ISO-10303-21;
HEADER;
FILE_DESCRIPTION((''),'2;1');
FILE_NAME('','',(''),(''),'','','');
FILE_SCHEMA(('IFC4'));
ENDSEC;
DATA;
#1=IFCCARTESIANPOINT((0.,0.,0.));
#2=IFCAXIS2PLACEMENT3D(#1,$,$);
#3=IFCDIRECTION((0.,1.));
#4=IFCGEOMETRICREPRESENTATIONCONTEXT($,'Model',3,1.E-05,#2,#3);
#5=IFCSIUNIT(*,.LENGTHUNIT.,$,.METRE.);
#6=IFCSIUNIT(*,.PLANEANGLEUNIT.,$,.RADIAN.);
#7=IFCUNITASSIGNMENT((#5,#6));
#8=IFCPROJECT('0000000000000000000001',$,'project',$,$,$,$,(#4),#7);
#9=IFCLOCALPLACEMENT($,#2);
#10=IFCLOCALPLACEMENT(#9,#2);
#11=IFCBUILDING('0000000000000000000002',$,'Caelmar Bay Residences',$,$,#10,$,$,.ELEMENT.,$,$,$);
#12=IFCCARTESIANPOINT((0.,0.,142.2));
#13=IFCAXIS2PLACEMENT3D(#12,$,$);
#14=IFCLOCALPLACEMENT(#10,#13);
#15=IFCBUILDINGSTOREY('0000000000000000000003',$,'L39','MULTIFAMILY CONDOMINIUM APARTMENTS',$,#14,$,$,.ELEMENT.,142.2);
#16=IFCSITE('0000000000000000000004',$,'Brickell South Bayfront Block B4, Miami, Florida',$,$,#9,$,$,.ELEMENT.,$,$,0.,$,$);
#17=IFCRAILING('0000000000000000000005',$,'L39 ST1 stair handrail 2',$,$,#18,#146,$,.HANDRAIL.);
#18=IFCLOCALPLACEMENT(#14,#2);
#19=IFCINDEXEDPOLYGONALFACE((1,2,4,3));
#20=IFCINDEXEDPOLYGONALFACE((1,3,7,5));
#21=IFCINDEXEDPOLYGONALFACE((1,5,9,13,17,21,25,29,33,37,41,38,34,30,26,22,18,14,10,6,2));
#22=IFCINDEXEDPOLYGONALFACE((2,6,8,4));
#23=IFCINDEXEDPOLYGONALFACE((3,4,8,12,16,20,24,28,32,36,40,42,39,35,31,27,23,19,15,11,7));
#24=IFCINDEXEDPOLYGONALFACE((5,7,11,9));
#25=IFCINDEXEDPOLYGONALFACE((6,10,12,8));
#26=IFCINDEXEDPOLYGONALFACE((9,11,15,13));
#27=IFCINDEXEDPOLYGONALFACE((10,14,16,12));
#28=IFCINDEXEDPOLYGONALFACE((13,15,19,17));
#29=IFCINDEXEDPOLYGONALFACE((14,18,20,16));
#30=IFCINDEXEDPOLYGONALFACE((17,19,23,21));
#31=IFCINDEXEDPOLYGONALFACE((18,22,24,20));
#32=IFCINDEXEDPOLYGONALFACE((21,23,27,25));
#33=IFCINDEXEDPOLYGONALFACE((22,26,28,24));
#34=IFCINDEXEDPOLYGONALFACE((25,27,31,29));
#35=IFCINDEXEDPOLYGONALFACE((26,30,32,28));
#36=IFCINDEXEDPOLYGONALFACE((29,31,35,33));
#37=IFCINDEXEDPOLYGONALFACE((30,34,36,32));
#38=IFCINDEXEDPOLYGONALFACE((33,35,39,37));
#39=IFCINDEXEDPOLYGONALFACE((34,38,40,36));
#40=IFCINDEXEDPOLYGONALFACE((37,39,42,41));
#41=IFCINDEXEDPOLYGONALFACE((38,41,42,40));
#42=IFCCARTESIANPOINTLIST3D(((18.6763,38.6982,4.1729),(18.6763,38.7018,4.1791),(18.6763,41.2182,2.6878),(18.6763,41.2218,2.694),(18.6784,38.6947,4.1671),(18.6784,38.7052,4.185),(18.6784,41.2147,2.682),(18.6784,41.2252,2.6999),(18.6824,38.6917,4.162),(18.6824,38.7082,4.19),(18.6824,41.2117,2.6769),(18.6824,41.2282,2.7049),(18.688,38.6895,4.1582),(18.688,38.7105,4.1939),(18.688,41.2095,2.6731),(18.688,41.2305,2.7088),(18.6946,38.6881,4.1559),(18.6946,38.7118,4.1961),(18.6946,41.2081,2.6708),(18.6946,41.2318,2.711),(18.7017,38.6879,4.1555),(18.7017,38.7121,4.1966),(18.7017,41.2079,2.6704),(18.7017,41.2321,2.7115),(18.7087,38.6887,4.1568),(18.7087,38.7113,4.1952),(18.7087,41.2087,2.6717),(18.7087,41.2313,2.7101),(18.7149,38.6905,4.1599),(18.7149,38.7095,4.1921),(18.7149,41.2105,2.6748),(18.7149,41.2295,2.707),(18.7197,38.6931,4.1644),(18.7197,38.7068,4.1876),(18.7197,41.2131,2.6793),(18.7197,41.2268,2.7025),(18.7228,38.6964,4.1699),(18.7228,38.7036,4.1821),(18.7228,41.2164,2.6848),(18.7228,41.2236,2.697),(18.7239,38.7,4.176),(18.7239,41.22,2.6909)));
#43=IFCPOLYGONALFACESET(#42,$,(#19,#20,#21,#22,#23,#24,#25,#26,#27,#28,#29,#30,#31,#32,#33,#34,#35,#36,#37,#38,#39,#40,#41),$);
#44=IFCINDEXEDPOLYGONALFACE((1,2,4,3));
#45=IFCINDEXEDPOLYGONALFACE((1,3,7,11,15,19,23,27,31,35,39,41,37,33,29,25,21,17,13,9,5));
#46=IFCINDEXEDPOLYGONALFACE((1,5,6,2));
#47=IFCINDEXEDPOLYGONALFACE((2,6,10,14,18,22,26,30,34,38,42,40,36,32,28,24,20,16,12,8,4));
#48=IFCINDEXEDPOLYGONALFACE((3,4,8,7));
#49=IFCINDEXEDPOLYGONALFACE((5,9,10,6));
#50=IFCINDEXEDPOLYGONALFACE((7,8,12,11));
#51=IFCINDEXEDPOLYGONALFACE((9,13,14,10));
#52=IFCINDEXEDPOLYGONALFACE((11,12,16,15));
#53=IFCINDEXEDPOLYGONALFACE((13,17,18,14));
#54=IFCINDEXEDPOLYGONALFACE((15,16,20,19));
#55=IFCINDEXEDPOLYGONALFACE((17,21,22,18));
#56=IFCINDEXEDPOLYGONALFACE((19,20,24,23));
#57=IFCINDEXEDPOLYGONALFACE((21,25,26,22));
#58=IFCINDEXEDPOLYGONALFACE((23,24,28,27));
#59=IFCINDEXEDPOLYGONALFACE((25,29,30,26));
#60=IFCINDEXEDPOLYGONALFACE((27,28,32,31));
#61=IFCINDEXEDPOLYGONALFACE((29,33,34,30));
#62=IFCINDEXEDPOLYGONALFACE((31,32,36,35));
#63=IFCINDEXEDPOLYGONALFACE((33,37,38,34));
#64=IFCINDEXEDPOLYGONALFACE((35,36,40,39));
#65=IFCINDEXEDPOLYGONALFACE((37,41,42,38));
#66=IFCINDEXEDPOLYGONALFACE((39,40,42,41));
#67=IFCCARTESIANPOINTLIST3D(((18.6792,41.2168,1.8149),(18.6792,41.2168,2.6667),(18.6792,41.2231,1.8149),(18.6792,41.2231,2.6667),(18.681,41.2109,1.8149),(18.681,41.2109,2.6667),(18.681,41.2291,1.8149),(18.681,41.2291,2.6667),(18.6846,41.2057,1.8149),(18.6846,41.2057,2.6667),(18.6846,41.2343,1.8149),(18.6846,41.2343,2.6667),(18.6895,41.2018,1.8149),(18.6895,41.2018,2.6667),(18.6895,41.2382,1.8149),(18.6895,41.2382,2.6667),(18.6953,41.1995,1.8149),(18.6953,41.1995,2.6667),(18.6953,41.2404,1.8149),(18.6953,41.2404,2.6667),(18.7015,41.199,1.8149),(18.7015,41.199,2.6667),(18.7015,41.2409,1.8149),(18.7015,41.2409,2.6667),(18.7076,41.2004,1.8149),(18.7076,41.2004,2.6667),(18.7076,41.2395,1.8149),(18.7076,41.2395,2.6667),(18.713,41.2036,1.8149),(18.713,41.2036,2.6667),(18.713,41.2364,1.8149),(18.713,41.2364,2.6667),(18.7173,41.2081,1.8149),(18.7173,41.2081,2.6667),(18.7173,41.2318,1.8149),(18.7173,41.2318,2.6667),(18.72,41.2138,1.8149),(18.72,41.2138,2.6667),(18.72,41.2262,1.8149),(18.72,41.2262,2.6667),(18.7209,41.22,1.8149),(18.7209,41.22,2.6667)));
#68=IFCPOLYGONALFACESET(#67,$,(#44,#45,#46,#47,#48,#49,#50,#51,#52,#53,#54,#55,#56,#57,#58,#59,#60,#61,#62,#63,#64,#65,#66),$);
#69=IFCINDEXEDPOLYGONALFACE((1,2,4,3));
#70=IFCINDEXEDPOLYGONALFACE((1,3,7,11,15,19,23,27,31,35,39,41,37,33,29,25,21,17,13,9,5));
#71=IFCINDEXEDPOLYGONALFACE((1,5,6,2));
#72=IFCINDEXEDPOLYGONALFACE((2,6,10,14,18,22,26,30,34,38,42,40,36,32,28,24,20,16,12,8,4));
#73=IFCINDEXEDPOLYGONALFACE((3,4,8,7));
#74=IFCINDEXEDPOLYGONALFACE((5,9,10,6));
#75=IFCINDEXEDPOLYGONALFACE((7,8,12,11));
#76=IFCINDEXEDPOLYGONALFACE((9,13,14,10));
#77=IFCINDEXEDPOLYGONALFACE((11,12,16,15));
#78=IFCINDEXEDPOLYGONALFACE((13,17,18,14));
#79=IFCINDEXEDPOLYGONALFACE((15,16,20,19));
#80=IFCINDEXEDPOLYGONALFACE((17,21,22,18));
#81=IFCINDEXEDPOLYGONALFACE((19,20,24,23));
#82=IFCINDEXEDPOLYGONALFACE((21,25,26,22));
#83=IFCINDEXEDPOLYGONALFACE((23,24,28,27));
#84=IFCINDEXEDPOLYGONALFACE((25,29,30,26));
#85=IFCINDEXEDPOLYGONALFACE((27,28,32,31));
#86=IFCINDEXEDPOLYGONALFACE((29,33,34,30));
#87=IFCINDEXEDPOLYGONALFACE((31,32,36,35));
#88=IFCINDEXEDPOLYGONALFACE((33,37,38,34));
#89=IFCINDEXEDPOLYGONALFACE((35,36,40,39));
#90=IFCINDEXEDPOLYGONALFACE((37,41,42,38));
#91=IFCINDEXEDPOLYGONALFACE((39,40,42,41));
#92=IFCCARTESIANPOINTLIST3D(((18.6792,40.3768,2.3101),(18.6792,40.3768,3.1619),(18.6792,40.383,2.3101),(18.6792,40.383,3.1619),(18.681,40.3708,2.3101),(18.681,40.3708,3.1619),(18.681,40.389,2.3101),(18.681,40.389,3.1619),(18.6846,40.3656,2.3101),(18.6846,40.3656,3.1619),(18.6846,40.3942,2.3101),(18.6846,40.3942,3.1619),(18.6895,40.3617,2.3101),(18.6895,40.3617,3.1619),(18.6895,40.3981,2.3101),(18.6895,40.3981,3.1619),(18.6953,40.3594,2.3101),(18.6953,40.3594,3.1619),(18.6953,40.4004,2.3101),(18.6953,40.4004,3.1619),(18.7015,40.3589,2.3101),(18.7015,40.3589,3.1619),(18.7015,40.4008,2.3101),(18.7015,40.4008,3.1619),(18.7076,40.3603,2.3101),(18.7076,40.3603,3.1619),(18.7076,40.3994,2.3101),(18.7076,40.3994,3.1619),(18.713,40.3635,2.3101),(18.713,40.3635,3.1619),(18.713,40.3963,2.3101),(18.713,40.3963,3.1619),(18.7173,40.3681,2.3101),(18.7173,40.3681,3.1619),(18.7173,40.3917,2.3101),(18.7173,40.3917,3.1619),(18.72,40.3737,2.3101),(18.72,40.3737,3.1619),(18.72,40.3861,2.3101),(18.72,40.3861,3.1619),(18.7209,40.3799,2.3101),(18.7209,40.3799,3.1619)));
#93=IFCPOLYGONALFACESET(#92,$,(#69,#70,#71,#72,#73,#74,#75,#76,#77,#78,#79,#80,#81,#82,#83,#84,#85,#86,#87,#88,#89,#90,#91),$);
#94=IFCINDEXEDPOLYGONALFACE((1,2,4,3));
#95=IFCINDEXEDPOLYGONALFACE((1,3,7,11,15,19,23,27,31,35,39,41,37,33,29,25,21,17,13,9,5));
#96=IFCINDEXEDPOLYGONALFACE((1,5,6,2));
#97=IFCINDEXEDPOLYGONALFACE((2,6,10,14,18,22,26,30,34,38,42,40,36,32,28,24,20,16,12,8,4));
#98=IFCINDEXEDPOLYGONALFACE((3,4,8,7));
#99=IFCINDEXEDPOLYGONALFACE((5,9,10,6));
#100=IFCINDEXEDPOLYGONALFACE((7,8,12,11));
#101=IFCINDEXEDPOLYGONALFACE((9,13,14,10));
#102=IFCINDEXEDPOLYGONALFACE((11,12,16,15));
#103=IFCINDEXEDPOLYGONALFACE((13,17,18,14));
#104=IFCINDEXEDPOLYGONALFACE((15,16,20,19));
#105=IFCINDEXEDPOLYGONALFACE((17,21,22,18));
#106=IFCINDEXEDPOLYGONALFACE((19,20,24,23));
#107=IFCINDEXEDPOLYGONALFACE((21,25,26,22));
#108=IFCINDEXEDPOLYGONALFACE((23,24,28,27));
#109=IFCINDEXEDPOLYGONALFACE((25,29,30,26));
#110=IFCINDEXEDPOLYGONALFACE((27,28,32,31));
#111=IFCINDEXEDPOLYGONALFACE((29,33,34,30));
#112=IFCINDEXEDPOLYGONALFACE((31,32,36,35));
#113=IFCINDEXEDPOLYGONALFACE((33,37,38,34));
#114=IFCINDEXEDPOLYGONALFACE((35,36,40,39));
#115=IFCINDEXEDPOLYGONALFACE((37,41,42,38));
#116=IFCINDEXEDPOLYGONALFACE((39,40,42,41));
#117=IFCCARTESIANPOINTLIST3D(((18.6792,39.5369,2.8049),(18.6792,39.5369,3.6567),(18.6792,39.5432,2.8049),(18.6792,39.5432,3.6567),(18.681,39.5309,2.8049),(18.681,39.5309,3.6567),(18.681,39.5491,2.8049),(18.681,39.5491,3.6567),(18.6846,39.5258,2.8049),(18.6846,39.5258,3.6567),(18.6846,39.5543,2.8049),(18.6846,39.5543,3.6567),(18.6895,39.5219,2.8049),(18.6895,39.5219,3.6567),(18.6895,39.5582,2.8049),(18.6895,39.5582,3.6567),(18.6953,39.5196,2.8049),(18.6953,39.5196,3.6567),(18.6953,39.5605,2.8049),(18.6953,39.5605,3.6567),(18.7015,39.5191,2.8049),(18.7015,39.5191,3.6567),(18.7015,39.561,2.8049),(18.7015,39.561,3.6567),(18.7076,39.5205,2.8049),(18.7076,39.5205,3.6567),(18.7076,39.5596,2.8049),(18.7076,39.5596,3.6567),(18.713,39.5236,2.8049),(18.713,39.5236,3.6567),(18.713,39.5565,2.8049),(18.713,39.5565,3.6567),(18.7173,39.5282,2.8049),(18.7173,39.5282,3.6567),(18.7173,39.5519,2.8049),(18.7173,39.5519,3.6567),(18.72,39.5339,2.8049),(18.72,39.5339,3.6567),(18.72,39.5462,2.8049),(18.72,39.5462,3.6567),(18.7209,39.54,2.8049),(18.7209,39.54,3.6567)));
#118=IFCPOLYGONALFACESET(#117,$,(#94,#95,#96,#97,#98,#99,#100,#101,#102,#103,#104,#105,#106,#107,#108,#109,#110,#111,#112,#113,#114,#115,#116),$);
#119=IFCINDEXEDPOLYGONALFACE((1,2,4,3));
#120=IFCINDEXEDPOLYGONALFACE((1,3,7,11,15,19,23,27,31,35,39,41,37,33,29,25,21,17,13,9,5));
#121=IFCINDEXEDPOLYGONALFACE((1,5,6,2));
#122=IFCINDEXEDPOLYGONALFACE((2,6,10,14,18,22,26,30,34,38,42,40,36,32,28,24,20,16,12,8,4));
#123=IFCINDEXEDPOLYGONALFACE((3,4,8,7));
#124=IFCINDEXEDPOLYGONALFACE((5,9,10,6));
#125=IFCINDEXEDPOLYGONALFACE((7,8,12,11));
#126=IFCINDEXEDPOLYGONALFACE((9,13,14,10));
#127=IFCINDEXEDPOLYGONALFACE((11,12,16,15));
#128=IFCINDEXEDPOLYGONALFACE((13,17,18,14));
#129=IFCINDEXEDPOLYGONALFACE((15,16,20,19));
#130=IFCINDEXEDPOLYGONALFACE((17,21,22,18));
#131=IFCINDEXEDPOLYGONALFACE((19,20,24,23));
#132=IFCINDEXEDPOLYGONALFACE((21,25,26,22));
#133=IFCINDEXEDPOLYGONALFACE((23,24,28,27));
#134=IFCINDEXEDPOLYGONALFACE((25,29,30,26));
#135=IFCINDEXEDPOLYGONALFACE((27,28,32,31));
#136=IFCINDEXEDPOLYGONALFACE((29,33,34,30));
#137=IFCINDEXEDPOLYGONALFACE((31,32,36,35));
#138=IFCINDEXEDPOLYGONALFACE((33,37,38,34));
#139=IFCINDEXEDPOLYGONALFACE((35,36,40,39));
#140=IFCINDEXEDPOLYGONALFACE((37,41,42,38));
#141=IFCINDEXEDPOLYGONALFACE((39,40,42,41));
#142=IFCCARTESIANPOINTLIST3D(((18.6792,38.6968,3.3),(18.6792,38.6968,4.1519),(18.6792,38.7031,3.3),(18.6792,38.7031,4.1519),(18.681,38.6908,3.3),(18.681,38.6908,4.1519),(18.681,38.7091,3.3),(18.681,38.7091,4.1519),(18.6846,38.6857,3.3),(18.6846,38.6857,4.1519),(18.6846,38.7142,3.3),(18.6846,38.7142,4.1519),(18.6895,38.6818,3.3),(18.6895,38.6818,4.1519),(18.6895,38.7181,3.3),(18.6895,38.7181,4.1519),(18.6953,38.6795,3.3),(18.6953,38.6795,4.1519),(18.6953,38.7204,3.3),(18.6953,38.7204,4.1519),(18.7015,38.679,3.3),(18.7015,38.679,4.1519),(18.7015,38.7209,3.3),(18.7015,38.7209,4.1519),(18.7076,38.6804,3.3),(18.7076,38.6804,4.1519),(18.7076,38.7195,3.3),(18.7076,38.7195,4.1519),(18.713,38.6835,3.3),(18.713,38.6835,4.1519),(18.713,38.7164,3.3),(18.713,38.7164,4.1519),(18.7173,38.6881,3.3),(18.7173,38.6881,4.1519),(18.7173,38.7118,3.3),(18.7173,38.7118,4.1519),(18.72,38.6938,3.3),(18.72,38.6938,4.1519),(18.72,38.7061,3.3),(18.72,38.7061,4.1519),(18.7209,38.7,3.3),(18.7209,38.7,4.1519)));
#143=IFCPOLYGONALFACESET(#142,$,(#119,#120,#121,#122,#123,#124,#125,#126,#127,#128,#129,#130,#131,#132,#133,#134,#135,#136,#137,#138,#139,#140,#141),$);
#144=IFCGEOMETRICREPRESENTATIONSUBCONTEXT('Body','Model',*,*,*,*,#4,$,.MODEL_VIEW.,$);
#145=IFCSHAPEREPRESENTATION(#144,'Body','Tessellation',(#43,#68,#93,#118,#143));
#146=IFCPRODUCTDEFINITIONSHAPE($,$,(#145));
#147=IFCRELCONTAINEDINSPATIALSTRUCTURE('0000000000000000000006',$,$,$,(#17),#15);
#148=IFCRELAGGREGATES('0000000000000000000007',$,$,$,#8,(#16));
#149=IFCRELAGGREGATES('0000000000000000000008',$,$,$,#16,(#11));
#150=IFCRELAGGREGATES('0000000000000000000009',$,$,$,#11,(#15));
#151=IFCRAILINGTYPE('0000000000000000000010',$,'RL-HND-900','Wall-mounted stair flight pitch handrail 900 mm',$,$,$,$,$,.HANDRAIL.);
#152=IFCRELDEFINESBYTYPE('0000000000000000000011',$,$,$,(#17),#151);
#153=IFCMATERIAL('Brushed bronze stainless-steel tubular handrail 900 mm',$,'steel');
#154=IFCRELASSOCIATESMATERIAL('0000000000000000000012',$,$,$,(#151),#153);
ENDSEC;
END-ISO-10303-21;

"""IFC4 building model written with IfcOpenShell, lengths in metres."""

from ifc_helpers import new_model, si_unit, direction, frame, origin, origin_2d, place, context, subcontext, project, spatial, circle, extrude, material, type_object, element, save


model = new_model("IFC4")

# Units and contexts
model_context = context("Model", 3, precision=1e-05, world=origin(), true_north=direction((0.0, 1.0)))
body_context = subcontext(model_context, "Body", "Model", "MODEL_VIEW")
ifc_project = project(units=[si_unit("LENGTHUNIT", "METRE"), si_unit("PLANEANGLEUNIT", "RADIAN")], contexts=[model_context])

# Site, building, storey
site_placement = place(None, origin())
site = spatial("IfcSite", under=ifc_project, at=site_placement, Name="Brickell South Bayfront Block B4, Miami, Florida", CompositionType="ELEMENT", RefElevation=0.0)
building_placement = place(site_placement, origin())
building = spatial("IfcBuilding", under=site, at=building_placement, Name="Caelmar Bay Residences", CompositionType="ELEMENT")
storey_placement = place(building_placement, frame((0.0, 0.0, 142.2)))
storey = spatial("IfcBuildingStorey", under=building, at=storey_placement, Name="L39", Description="MULTIFAMILY CONDOMINIUM APARTMENTS", CompositionType="ELEMENT", Elevation=142.2)

# Railing
ifc_material_1 = material(Name="Brushed bronze stainless-steel tubular handrail 900 mm", Category="steel")
railing_type_1 = type_object("IfcRailingType", Name="RL-HND-900", Description="Wall-mounted stair flight pitch handrail 900 mm", PredefinedType="HANDRAIL", material=ifc_material_1)
railing_1_placement = place(storey_placement, frame((18.7, 41.22, 1.8149)))
element("IfcRailing", 1, at=railing_1_placement, inside=storey, type_object=railing_type_1, Name="L39 ST1 stair handrail 2", PredefinedType="HANDRAIL", context=body_context, shape_type="SweptSolid", body=[
    extrude(circle(Radius=0.0239, at=origin_2d()), frame((0.0, 0.0, 0.876), z_axis=(0.0, -0.861524, 0.507717), x_axis=(1.0, 0.0, 0.0)), (0.0, 0.0, 1.0), 2.925),
    extrude(circle(Radius=0.021, at=origin_2d()), origin(), (0.0, 0.0, 1.0), 0.8518),
    extrude(circle(Radius=0.021, at=origin_2d()), frame((0.0, -0.8401, 0.4951)), (0.0, 0.0, 1.0), 0.8518),
    extrude(circle(Radius=0.021, at=origin_2d()), frame((0.0, -1.6799, 0.99)), (0.0, 0.0, 1.0), 0.8518),
    extrude(circle(Radius=0.021, at=origin_2d()), frame((0.0, -2.52, 1.4851)), (0.0, 0.0, 1.0), 0.8518),
])

save(model, "model.ifc")
